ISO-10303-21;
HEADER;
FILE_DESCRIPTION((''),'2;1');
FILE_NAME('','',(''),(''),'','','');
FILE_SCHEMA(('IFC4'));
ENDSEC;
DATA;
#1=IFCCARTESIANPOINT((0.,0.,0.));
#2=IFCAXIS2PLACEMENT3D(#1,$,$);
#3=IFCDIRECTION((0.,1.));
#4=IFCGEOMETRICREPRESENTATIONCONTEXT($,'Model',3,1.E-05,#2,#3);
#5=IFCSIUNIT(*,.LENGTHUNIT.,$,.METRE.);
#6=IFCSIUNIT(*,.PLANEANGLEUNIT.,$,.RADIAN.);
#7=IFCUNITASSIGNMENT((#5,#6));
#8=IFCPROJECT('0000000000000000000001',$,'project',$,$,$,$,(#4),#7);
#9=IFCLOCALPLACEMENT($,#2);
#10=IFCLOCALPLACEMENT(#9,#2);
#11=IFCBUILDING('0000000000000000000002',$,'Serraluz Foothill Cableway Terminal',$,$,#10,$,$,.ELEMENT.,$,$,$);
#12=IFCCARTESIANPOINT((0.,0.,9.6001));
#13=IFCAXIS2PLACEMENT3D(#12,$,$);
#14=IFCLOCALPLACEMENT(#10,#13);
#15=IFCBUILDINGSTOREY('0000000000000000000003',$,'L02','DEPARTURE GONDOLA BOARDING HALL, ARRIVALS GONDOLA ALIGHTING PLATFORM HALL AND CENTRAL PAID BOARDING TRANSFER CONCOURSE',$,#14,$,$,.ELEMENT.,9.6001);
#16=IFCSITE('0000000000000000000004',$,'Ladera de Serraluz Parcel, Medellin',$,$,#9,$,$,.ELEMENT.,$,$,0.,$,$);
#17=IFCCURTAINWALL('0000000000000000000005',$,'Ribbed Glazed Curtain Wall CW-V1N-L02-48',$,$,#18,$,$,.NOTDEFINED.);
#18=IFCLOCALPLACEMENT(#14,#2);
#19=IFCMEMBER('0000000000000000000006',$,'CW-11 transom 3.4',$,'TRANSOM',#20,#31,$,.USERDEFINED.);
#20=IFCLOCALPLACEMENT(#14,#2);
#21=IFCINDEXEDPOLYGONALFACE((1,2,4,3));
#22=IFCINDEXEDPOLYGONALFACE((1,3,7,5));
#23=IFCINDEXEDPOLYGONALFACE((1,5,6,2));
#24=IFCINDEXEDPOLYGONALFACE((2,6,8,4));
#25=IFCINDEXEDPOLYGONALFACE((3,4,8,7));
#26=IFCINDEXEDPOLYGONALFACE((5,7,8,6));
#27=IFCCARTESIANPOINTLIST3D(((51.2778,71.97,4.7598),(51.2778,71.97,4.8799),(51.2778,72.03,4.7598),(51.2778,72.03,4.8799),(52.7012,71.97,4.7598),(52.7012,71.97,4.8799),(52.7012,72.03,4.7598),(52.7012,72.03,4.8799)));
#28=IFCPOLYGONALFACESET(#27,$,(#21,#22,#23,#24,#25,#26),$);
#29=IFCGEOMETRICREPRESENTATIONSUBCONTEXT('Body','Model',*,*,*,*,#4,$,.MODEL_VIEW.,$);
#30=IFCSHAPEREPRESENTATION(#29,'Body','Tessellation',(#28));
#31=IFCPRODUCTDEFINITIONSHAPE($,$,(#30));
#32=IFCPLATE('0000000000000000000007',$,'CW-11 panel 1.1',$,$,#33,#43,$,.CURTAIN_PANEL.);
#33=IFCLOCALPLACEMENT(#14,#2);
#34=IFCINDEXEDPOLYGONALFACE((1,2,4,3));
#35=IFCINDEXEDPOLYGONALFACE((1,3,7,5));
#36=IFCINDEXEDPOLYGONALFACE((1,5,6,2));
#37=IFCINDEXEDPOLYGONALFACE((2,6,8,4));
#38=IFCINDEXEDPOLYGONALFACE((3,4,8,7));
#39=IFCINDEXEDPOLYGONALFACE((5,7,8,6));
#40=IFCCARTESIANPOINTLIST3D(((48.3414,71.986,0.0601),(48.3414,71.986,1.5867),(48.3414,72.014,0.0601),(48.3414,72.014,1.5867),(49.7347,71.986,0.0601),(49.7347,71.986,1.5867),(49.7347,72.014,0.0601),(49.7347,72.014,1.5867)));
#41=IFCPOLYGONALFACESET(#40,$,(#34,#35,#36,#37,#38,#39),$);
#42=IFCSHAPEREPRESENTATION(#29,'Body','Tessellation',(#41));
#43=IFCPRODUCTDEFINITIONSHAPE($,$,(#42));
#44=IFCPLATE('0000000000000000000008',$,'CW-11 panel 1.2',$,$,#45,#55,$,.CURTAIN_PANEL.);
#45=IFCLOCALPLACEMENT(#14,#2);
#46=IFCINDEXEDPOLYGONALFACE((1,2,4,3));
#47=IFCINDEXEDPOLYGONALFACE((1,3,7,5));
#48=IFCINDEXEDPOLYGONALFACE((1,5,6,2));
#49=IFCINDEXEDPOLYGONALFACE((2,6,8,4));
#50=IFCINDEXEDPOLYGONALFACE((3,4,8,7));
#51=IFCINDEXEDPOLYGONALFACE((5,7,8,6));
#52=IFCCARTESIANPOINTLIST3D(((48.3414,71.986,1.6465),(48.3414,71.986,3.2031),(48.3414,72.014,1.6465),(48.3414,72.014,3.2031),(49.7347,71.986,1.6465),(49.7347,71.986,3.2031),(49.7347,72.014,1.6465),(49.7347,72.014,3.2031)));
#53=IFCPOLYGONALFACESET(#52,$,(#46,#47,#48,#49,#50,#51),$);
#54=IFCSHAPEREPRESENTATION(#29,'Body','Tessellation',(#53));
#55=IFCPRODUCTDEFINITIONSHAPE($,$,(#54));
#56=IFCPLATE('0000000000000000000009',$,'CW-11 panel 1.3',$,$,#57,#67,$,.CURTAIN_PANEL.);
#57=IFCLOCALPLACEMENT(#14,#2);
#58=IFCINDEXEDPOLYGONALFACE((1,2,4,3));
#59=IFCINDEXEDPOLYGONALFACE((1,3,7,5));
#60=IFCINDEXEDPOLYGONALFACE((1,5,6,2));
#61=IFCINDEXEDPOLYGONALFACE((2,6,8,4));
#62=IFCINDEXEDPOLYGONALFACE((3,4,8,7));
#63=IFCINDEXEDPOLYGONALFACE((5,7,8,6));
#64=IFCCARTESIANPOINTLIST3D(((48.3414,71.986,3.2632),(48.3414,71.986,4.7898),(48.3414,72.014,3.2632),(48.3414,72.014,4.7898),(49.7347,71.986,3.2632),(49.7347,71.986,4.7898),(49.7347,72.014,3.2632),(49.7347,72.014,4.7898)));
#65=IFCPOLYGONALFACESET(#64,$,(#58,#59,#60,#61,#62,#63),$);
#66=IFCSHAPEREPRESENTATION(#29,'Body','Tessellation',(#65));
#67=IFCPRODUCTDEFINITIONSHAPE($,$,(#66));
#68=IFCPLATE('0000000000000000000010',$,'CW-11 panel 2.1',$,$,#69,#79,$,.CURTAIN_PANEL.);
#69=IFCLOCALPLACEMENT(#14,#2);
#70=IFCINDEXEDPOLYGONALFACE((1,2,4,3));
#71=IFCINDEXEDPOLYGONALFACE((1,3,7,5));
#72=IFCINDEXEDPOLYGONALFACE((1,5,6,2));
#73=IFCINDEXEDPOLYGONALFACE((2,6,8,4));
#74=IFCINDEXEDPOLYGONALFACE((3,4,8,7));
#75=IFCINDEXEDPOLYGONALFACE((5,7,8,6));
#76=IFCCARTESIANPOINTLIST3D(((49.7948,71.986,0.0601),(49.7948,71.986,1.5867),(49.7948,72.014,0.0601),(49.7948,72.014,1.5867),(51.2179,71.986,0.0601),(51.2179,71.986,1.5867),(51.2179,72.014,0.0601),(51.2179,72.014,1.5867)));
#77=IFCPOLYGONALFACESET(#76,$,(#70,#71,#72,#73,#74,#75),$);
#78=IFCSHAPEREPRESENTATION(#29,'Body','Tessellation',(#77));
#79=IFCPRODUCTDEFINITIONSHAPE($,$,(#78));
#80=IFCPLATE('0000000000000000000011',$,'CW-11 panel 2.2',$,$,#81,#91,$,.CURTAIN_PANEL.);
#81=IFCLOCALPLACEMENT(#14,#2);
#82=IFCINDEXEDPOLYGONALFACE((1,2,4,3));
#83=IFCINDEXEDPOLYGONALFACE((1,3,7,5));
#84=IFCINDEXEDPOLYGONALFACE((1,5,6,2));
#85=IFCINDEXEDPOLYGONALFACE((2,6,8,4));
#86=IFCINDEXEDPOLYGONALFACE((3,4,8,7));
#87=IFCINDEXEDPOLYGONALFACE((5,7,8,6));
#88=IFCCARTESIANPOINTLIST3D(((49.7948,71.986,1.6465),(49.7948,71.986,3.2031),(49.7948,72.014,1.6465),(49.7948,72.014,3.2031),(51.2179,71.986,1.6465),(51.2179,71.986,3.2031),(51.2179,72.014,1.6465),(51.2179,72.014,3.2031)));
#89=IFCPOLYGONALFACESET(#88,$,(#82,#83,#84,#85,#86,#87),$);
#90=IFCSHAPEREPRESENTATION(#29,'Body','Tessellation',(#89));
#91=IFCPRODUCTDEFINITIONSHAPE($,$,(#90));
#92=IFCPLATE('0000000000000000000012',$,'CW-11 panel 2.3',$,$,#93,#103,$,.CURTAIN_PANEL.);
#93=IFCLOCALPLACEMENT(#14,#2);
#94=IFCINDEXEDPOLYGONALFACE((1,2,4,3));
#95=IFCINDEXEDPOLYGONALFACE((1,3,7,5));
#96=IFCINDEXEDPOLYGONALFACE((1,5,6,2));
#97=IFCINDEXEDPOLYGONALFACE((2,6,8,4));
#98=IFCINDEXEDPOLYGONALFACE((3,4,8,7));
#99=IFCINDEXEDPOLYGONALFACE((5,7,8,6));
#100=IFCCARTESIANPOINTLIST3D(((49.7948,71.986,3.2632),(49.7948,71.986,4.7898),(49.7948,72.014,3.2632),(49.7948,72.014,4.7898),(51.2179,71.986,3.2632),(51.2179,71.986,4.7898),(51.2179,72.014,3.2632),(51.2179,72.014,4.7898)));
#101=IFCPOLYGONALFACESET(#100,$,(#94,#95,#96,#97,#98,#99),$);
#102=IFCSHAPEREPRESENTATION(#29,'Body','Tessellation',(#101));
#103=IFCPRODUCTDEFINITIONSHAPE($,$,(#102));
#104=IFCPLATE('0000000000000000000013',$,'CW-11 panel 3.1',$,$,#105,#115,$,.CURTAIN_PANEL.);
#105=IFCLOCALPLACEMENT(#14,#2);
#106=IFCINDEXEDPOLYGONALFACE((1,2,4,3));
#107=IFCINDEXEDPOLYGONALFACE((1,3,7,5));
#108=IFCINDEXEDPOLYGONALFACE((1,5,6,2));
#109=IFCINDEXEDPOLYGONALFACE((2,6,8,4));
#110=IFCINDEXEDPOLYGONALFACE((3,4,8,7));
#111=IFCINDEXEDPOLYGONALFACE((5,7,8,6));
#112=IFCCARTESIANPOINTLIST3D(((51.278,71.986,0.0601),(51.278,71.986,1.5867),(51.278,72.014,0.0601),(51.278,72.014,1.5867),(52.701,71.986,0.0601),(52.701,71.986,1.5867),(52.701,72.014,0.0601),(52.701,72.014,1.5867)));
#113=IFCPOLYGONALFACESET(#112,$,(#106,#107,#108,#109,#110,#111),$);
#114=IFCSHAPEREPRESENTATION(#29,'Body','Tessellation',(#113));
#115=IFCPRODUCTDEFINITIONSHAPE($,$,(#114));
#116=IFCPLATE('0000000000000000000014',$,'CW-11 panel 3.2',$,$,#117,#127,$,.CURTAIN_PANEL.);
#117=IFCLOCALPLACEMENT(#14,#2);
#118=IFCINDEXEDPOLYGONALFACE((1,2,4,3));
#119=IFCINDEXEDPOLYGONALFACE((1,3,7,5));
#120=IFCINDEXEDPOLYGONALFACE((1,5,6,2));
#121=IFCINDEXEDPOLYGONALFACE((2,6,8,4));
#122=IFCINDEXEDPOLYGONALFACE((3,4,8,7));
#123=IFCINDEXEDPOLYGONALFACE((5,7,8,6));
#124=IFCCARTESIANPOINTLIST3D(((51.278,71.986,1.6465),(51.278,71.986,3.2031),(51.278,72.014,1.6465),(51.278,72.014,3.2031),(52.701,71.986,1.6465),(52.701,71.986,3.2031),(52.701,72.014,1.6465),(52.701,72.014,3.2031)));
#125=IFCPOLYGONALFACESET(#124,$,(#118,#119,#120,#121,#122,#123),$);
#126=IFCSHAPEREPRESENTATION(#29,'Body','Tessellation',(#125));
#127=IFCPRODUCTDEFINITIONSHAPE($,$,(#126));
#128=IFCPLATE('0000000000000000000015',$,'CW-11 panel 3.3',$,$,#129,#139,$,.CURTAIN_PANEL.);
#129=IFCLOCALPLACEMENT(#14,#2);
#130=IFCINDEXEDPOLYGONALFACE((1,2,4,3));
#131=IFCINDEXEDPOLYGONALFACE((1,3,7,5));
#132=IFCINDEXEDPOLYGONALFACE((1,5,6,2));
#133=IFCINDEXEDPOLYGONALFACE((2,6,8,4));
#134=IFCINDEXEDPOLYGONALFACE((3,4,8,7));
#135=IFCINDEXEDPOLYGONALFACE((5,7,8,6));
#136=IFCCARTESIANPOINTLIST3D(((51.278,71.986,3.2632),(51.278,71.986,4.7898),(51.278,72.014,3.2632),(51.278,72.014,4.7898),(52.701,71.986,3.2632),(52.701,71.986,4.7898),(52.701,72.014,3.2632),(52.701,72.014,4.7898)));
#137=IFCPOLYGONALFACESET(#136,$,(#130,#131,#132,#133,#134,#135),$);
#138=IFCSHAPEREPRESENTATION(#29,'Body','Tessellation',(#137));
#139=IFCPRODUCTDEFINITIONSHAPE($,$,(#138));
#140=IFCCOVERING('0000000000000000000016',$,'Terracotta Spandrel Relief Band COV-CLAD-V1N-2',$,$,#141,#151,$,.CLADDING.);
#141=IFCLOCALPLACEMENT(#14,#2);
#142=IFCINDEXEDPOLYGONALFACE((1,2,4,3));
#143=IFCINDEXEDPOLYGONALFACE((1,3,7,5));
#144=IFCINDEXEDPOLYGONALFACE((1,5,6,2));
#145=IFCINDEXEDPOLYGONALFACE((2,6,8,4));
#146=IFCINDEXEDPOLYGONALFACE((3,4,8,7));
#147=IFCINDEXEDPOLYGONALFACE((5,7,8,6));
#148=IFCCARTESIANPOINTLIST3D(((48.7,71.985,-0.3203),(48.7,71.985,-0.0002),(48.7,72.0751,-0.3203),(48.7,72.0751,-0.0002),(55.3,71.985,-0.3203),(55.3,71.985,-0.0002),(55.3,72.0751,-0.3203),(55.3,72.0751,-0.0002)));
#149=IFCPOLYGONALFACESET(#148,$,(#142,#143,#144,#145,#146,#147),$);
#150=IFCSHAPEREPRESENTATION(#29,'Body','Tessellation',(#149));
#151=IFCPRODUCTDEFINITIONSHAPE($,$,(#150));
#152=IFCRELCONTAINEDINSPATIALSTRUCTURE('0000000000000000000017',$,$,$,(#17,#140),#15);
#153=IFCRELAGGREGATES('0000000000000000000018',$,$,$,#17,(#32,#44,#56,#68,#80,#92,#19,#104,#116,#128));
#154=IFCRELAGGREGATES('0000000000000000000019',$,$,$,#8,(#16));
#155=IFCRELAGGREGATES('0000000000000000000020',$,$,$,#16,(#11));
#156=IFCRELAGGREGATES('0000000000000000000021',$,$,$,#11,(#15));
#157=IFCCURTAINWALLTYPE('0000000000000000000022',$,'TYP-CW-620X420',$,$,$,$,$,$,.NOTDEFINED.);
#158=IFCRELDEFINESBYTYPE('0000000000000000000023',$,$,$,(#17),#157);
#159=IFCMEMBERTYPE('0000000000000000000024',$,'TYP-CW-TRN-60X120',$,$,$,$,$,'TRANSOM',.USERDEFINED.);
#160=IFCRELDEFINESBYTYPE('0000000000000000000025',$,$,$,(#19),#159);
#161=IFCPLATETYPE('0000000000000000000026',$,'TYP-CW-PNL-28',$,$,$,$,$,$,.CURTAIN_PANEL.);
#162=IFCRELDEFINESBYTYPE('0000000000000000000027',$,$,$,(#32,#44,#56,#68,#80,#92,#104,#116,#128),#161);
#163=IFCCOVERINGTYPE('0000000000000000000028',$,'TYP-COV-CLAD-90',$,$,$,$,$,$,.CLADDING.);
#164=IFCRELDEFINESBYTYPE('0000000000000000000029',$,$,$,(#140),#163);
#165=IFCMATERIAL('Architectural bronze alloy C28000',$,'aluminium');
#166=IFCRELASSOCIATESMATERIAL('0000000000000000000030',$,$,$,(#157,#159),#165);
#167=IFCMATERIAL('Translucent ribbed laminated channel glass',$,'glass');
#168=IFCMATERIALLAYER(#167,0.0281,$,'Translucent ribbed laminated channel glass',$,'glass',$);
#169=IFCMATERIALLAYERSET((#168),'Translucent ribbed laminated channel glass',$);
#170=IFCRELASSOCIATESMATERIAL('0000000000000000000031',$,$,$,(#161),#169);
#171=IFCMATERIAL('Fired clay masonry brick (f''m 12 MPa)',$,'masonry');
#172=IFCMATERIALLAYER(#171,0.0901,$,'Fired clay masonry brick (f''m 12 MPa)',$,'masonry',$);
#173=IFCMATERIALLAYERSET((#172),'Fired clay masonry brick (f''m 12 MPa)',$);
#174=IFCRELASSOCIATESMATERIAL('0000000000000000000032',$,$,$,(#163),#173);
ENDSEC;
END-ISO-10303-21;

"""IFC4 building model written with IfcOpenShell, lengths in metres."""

from ifc_helpers import new_model, si_unit, direction, frame, origin, origin_2d, place, context, subcontext, project, spatial, rectangle, extrude, material, layer, layer_set, material_profile, profile_set, type_object, element, aggregate, save


model = new_model("IFC4")

# Units and contexts
model_context = context("Model", 3, precision=1e-05, world=origin(), true_north=direction((0.0, 1.0)))
body_context = subcontext(model_context, "Body", "Model", "MODEL_VIEW")
ifc_project = project(units=[si_unit("LENGTHUNIT", "METRE"), si_unit("PLANEANGLEUNIT", "RADIAN")], contexts=[model_context])

# Site, building, storey
site_placement = place(None, origin())
site = spatial("IfcSite", under=ifc_project, at=site_placement, Name="Ladera de Serraluz Parcel, Medellin", CompositionType="ELEMENT", RefElevation=0.0)
building_placement = place(site_placement, origin())
building = spatial("IfcBuilding", under=site, at=building_placement, Name="Serraluz Foothill Cableway Terminal", CompositionType="ELEMENT")
storey_placement = place(building_placement, frame((0.0, 0.0, 9.6001)))
storey = spatial("IfcBuildingStorey", under=building, at=storey_placement, Name="L02", Description="DEPARTURE GONDOLA BOARDING HALL, ARRIVALS GONDOLA ALIGHTING PLATFORM HALL AND CENTRAL PAID BOARDING TRANSFER CONCOURSE", CompositionType="ELEMENT", Elevation=9.6001)

# Curtain wall, member, plates
ifc_material_1 = material(Name="Architectural bronze alloy C28000", Category="aluminium")
curtain_wall_type = type_object("IfcCurtainWallType", Name="TYP-CW-620X420", PredefinedType="NOTDEFINED", material=ifc_material_1)
curtain_wall_placement = place(storey_placement, origin())
curtain_wall = element("IfcCurtainWall", 1, at=curtain_wall_placement, inside=storey, type_object=curtain_wall_type, Name="Ribbed Glazed Curtain Wall CW-V1N-L02-48", PredefinedType="NOTDEFINED")
ifc_material_profile_1 = material_profile(ifc_material_1, rectangle(XDim=0.0601, YDim=0.1201, at=origin_2d()), Name="ALU TRANSOM 60x120")
ifc_profile_set_1 = profile_set([ifc_material_profile_1], Name="Architectural bronze alloy C28000")
member_type_1 = type_object("IfcMemberType", Name="TYP-CW-TRN-60X120", ElementType="TRANSOM", PredefinedType="USERDEFINED", material=ifc_profile_set_1)
member_1_placement = place(storey_placement, frame((51.2778, 72.0, 4.8198), z_axis=(1.0, 0.0, 0.0), x_axis=(0.0, 1.0, 0.0)))
member_1 = element("IfcMember", 2, at=member_1_placement, type_object=member_type_1, Name="CW-11 transom 3.4", ObjectType="TRANSOM", PredefinedType="USERDEFINED", context=body_context, shape_type="SweptSolid", body=[
    extrude(rectangle(XDim=0.0601, YDim=0.1201, at=origin_2d()), origin(), (0.0, 0.0, 1.0), 1.4233),
])
ifc_material_2 = material(Name="Translucent ribbed laminated channel glass", Category="glass")
ifc_layer_1 = layer(ifc_material_2, 0.0281, Name="Translucent ribbed laminated channel glass", Category="glass")
ifc_layer_set_1 = layer_set([ifc_layer_1], Name="Translucent ribbed laminated channel glass")
plate_type = type_object("IfcPlateType", Name="TYP-CW-PNL-28", PredefinedType="CURTAIN_PANEL", material=ifc_layer_set_1)
plate_1_placement = place(storey_placement, frame((49.0381, 72.0, 0.0601), z_axis=(0.0, 0.0, 1.0), x_axis=(1.0, 0.0, 0.0)))
plate_1 = element("IfcPlate", 3, at=plate_1_placement, type_object=plate_type, Name="CW-11 panel 1.1", PredefinedType="CURTAIN_PANEL", context=body_context, shape_type="SweptSolid", body=[
    extrude(rectangle(XDim=1.3933, YDim=0.0281, at=origin_2d()), origin(), (0.0, 0.0, 1.0), 1.5266),
])
plate_2_placement = place(storey_placement, frame((49.0381, 72.0, 1.6465), z_axis=(0.0, 0.0, 1.0), x_axis=(1.0, 0.0, 0.0)))
plate_2 = element("IfcPlate", 4, at=plate_2_placement, type_object=plate_type, Name="CW-11 panel 1.2", PredefinedType="CURTAIN_PANEL", context=body_context, shape_type="SweptSolid", body=[
    extrude(rectangle(XDim=1.3933, YDim=0.0281, at=origin_2d()), origin(), (0.0, 0.0, 1.0), 1.5566),
])
plate_3_placement = place(storey_placement, frame((49.0381, 72.0, 3.2632), z_axis=(0.0, 0.0, 1.0), x_axis=(1.0, 0.0, 0.0)))
plate_3 = element("IfcPlate", 5, at=plate_3_placement, type_object=plate_type, Name="CW-11 panel 1.3", PredefinedType="CURTAIN_PANEL", context=body_context, shape_type="SweptSolid", body=[
    extrude(rectangle(XDim=1.3933, YDim=0.0281, at=origin_2d()), origin(), (0.0, 0.0, 1.0), 1.5266),
])
plate_4_placement = place(storey_placement, frame((50.5063, 72.0, 0.0601), z_axis=(0.0, 0.0, 1.0), x_axis=(1.0, 0.0, 0.0)))
plate_4 = element("IfcPlate", 6, at=plate_4_placement, type_object=plate_type, Name="CW-11 panel 2.1", PredefinedType="CURTAIN_PANEL", context=body_context, shape_type="SweptSolid", body=[
    extrude(rectangle(XDim=1.4231, YDim=0.0281, at=origin_2d()), origin(), (0.0, 0.0, 1.0), 1.5266),
])
plate_5_placement = place(storey_placement, frame((50.5063, 72.0, 1.6465), z_axis=(0.0, 0.0, 1.0), x_axis=(1.0, 0.0, 0.0)))
plate_5 = element("IfcPlate", 7, at=plate_5_placement, type_object=plate_type, Name="CW-11 panel 2.2", PredefinedType="CURTAIN_PANEL", context=body_context, shape_type="SweptSolid", body=[
    extrude(rectangle(XDim=1.4231, YDim=0.0281, at=origin_2d()), origin(), (0.0, 0.0, 1.0), 1.5566),
])
plate_6_placement = place(storey_placement, frame((50.5063, 72.0, 3.2632), z_axis=(0.0, 0.0, 1.0), x_axis=(1.0, 0.0, 0.0)))
plate_6 = element("IfcPlate", 8, at=plate_6_placement, type_object=plate_type, Name="CW-11 panel 2.3", PredefinedType="CURTAIN_PANEL", context=body_context, shape_type="SweptSolid", body=[
    extrude(rectangle(XDim=1.4231, YDim=0.0281, at=origin_2d()), origin(), (0.0, 0.0, 1.0), 1.5266),
])
plate_7_placement = place(storey_placement, frame((51.9895, 72.0, 0.0601), z_axis=(0.0, 0.0, 1.0), x_axis=(1.0, 0.0, 0.0)))
plate_7 = element("IfcPlate", 9, at=plate_7_placement, type_object=plate_type, Name="CW-11 panel 3.1", PredefinedType="CURTAIN_PANEL", context=body_context, shape_type="SweptSolid", body=[
    extrude(rectangle(XDim=1.4231, YDim=0.0281, at=origin_2d()), origin(), (0.0, 0.0, 1.0), 1.5266),
])
plate_8_placement = place(storey_placement, frame((51.9895, 72.0, 1.6465), z_axis=(0.0, 0.0, 1.0), x_axis=(1.0, 0.0, 0.0)))
plate_8 = element("IfcPlate", 10, at=plate_8_placement, type_object=plate_type, Name="CW-11 panel 3.2", PredefinedType="CURTAIN_PANEL", context=body_context, shape_type="SweptSolid", body=[
    extrude(rectangle(XDim=1.4231, YDim=0.0281, at=origin_2d()), origin(), (0.0, 0.0, 1.0), 1.5566),
])
plate_9_placement = place(storey_placement, frame((51.9895, 72.0, 3.2632), z_axis=(0.0, 0.0, 1.0), x_axis=(1.0, 0.0, 0.0)))
plate_9 = element("IfcPlate", 11, at=plate_9_placement, type_object=plate_type, Name="CW-11 panel 3.3", PredefinedType="CURTAIN_PANEL", context=body_context, shape_type="SweptSolid", body=[
    extrude(rectangle(XDim=1.4231, YDim=0.0281, at=origin_2d()), origin(), (0.0, 0.0, 1.0), 1.5266),
])
aggregate(curtain_wall, [plate_1, plate_2, plate_3, plate_4, plate_5, plate_6, member_1, plate_7, plate_8, plate_9])

# Covering
ifc_material_3 = material(Name="Fired clay masonry brick (f'm 12 MPa)", Category="masonry")
ifc_layer_2 = layer(ifc_material_3, 0.0901, Name="Fired clay masonry brick (f'm 12 MPa)", Category="masonry")
ifc_layer_set_2 = layer_set([ifc_layer_2], Name="Fired clay masonry brick (f'm 12 MPa)")
covering_type = type_object("IfcCoveringType", Name="TYP-COV-CLAD-90", PredefinedType="CLADDING", material=ifc_layer_set_2)
covering_placement = place(storey_placement, frame((52.0, 72.03, -0.3203), z_axis=(0.0, 0.0, 1.0), x_axis=(1.0, 0.0, 0.0)))
element("IfcCovering", 12, at=covering_placement, inside=storey, type_object=covering_type, Name="Terracotta Spandrel Relief Band COV-CLAD-V1N-2", PredefinedType="CLADDING", context=body_context, shape_type="SweptSolid", body=[
    extrude(rectangle(XDim=6.6001, YDim=0.0901, at=origin_2d()), origin(), (0.0, 0.0, 1.0), 0.3201),
])

save(model, "model.ifc")
